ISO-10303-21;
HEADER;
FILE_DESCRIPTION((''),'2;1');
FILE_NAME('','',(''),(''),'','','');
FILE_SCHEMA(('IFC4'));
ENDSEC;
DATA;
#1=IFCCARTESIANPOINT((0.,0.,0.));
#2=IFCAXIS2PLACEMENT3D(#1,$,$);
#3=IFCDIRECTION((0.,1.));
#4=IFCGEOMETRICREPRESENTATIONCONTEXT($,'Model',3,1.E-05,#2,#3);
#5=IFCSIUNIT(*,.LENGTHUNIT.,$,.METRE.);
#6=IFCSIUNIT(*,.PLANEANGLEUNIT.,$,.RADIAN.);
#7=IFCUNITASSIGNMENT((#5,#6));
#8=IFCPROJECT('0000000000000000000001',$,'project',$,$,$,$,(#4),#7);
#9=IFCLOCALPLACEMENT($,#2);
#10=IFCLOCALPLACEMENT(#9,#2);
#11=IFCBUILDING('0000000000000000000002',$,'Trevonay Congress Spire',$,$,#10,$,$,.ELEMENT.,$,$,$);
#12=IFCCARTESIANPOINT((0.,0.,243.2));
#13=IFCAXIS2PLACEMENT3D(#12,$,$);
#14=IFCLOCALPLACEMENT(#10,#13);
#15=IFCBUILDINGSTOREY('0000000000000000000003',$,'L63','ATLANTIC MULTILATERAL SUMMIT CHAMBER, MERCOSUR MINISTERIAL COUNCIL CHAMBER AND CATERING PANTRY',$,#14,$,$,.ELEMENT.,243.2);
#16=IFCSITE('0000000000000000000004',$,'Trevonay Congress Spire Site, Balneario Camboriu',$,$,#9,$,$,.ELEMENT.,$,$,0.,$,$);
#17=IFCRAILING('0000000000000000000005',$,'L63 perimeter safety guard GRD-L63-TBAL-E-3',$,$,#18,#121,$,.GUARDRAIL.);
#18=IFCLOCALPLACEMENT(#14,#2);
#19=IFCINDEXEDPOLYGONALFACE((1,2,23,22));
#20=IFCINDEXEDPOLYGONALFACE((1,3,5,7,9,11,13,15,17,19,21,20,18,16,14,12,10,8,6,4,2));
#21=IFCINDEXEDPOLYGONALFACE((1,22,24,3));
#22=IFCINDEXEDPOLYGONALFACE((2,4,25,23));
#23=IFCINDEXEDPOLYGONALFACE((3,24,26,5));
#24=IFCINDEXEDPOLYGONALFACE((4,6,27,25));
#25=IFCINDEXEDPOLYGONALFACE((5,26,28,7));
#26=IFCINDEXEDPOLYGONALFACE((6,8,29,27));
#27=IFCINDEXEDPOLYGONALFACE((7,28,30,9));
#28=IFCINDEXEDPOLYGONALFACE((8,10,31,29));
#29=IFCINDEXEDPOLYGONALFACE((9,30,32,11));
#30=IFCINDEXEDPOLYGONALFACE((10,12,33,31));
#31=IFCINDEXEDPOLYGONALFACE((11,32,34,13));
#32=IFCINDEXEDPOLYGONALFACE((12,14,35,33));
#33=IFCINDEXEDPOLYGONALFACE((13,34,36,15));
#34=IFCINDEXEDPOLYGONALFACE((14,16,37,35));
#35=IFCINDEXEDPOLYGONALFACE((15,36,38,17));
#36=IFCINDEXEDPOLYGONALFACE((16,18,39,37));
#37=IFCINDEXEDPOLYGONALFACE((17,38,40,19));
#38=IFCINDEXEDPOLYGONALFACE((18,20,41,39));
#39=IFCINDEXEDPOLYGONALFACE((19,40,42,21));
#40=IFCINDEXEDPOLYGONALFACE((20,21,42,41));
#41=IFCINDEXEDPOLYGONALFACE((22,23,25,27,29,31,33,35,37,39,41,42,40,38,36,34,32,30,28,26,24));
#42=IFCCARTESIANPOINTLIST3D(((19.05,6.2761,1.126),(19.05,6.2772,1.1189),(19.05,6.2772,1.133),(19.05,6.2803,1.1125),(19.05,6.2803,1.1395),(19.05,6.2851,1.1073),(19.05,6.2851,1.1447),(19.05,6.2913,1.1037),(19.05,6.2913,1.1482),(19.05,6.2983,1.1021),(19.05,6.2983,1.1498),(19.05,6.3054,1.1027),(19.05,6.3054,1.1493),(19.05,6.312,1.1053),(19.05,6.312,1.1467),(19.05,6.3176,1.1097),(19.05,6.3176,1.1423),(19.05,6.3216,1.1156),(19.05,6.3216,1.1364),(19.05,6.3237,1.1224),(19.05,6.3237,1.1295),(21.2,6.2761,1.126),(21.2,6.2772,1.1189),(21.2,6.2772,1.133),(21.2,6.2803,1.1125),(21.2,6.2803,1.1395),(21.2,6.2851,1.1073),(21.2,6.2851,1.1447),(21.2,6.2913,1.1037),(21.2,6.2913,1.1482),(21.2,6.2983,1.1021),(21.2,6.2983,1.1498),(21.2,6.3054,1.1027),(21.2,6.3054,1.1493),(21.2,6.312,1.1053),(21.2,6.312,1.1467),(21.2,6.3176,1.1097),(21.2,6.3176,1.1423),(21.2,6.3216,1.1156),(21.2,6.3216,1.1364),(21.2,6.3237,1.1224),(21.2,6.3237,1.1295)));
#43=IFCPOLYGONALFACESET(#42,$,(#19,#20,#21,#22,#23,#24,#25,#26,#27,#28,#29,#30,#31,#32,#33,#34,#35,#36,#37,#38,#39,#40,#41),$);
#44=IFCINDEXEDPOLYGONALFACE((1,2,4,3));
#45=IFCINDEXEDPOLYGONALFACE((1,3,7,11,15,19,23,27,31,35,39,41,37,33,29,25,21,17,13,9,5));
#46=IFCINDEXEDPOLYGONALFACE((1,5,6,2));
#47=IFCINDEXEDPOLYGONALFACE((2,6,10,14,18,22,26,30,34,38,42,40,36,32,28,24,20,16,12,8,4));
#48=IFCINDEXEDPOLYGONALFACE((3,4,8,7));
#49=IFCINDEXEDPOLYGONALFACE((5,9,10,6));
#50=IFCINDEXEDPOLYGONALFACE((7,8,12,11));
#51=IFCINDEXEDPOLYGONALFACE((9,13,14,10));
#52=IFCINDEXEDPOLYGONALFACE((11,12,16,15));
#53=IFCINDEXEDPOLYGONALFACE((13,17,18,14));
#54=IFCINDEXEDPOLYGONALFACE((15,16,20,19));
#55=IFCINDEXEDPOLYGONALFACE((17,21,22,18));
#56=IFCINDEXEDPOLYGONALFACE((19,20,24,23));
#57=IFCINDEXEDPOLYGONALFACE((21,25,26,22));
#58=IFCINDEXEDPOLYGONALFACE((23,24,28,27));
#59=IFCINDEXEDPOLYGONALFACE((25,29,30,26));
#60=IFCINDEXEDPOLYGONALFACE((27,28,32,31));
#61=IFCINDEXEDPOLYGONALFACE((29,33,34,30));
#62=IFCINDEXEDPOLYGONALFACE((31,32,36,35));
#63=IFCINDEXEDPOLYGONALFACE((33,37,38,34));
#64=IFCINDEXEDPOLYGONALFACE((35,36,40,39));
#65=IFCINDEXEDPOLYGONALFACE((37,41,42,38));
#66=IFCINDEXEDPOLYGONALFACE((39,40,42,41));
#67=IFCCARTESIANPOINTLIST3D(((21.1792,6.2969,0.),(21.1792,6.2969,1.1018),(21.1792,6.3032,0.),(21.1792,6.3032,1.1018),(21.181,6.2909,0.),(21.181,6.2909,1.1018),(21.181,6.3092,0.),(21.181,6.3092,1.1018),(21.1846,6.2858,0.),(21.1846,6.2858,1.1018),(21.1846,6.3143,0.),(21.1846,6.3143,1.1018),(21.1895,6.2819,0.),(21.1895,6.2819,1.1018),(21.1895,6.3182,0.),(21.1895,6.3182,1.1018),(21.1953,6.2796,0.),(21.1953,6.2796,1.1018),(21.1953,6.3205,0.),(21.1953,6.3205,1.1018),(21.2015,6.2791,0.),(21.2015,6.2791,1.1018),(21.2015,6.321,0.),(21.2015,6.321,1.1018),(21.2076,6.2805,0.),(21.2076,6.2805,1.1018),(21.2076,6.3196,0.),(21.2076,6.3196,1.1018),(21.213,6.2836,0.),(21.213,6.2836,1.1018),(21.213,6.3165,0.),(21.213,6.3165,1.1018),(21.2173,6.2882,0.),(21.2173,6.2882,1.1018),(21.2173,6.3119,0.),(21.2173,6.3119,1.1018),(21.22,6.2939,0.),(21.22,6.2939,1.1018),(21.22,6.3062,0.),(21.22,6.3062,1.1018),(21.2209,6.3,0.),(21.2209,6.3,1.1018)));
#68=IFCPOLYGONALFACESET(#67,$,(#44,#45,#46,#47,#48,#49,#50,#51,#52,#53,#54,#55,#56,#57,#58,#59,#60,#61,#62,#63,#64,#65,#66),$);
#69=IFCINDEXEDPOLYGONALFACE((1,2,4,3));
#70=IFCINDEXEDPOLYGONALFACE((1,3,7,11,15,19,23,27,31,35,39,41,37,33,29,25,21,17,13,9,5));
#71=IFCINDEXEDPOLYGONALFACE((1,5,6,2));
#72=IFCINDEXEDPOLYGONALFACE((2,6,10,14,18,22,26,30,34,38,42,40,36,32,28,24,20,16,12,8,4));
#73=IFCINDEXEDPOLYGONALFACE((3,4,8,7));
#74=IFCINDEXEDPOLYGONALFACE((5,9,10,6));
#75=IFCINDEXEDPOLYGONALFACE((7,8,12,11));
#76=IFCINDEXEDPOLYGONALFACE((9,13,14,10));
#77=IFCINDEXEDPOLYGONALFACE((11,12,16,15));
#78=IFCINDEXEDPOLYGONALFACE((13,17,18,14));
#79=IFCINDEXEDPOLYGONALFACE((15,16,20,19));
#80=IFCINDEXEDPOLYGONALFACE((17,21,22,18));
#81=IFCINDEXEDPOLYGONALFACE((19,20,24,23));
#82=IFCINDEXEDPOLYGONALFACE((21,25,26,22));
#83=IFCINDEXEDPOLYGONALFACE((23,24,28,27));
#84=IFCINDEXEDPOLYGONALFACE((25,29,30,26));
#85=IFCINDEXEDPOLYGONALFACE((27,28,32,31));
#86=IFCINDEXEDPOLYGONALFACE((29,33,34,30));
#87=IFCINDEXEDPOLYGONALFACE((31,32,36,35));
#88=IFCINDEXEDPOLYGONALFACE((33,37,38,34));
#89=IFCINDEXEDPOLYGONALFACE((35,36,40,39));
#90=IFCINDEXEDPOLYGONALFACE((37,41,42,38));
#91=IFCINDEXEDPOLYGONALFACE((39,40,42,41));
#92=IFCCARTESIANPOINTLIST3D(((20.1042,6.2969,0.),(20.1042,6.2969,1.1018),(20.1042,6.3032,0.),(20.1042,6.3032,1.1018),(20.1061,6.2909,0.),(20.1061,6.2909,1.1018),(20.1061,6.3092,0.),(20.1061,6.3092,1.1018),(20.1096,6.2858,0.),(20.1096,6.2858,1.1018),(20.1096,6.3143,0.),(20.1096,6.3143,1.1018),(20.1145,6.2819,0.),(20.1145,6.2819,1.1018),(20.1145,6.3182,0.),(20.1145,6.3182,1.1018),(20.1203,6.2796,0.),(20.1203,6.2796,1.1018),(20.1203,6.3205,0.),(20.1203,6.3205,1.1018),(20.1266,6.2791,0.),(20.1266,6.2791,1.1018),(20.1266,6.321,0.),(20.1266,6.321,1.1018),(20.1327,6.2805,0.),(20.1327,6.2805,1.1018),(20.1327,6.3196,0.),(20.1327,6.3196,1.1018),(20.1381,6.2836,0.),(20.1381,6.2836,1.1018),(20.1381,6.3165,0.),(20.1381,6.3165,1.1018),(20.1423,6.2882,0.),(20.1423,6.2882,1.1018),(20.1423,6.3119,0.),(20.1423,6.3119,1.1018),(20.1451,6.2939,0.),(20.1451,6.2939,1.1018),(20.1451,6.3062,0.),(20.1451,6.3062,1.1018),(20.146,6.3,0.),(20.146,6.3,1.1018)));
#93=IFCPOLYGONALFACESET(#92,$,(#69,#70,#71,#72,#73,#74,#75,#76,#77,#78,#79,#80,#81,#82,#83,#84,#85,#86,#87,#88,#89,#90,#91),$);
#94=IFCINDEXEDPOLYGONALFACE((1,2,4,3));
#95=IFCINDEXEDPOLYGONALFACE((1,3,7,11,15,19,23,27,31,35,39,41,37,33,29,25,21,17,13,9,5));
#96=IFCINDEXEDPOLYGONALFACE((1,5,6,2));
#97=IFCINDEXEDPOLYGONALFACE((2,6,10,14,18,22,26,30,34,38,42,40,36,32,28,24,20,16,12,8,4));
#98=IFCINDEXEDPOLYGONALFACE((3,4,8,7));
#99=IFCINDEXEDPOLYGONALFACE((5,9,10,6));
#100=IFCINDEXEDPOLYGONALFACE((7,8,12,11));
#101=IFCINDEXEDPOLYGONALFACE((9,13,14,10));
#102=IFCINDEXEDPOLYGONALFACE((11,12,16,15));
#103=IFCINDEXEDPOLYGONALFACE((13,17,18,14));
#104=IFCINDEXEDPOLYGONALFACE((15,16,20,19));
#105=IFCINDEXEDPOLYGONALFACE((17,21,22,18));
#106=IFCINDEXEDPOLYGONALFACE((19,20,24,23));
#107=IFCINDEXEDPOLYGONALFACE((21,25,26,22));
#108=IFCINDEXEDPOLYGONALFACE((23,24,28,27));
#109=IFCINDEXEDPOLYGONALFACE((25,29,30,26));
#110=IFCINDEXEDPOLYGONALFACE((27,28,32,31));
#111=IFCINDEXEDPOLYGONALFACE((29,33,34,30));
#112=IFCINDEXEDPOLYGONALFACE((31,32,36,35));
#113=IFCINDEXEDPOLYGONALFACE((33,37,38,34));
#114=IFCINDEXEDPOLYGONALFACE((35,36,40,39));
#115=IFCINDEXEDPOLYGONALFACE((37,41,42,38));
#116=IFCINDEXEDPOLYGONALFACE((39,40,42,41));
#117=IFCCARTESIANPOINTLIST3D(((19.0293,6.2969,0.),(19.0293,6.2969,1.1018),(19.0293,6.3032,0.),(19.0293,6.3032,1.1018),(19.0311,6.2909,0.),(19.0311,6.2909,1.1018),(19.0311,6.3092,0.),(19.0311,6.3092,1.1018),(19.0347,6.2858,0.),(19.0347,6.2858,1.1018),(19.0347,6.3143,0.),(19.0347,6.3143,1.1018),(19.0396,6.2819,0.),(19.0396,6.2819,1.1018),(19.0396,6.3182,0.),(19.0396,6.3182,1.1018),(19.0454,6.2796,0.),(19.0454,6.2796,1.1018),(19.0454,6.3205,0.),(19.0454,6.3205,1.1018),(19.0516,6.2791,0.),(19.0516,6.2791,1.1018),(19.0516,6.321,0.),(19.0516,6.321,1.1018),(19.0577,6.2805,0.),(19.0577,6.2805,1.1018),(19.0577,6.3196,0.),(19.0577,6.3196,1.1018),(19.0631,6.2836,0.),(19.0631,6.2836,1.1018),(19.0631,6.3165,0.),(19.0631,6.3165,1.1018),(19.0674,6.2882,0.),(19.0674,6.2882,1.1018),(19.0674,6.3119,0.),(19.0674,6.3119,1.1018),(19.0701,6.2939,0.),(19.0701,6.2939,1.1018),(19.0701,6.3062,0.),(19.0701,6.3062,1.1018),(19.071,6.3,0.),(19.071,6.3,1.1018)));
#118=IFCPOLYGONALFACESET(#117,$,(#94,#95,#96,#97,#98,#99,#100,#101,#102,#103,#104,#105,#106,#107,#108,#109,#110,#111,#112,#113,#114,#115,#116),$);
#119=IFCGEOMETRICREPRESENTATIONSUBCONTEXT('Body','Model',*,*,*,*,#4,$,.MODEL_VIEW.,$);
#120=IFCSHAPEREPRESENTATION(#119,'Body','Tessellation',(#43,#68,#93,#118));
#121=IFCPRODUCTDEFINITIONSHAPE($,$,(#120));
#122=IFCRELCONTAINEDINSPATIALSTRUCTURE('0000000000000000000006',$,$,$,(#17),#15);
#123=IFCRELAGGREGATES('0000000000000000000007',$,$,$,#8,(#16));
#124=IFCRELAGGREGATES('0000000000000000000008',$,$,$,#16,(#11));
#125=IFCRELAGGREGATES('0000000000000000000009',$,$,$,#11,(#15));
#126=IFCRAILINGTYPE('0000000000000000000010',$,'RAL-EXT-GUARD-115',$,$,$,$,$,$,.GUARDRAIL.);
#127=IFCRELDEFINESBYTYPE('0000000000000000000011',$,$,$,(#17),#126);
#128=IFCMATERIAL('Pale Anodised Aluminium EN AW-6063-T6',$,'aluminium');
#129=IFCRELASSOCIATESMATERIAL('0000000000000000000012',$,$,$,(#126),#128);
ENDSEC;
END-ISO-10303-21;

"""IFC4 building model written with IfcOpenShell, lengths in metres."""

from ifc_helpers import new_model, si_unit, direction, frame, origin, origin_2d, place, context, subcontext, project, spatial, circle, extrude, material, type_object, element, save


model = new_model("IFC4")

# Units and contexts
model_context = context("Model", 3, precision=1e-05, world=origin(), true_north=direction((0.0, 1.0)))
body_context = subcontext(model_context, "Body", "Model", "MODEL_VIEW")
ifc_project = project(units=[si_unit("LENGTHUNIT", "METRE"), si_unit("PLANEANGLEUNIT", "RADIAN")], contexts=[model_context])

# Site, building, storey
site_placement = place(None, origin())
site = spatial("IfcSite", under=ifc_project, at=site_placement, Name="Trevonay Congress Spire Site, Balneario Camboriu", CompositionType="ELEMENT", RefElevation=0.0)
building_placement = place(site_placement, origin())
building = spatial("IfcBuilding", under=site, at=building_placement, Name="Trevonay Congress Spire", CompositionType="ELEMENT")
storey_placement = place(building_placement, frame((0.0, 0.0, 243.2)))
storey = spatial("IfcBuildingStorey", under=building, at=storey_placement, Name="L63", Description="ATLANTIC MULTILATERAL SUMMIT CHAMBER, MERCOSUR MINISTERIAL COUNCIL CHAMBER AND CATERING PANTRY", CompositionType="ELEMENT", Elevation=243.2)

# Shared definitions
ifc_material_1 = material(Name="Pale Anodised Aluminium EN AW-6063-T6", Category="aluminium")

# Railing
railing_type = type_object("IfcRailingType", Name="RAL-EXT-GUARD-115", PredefinedType="GUARDRAIL", material=ifc_material_1)
railing_1_placement = place(storey_placement, frame((21.2, 6.3, 0.0)))
element("IfcRailing", 1, at=railing_1_placement, inside=storey, type_object=railing_type, Name="L63 perimeter safety guard GRD-L63-TBAL-E-3", PredefinedType="GUARDRAIL", context=body_context, shape_type="SweptSolid", body=[
    extrude(circle(Radius=0.0239, at=origin_2d()), frame((0.0, 0.0, 1.126), z_axis=(-1.0, 0.0, 0.0), x_axis=(0.0, -1.0, 0.0)), (0.0, 0.0, 1.0), 2.1499),
    extrude(circle(Radius=0.021, at=origin_2d()), origin(), (0.0, 0.0, 1.0), 1.1018),
    extrude(circle(Radius=0.021, at=origin_2d()), frame((-1.075, 0.0, 0.0)), (0.0, 0.0, 1.0), 1.1018),
    extrude(circle(Radius=0.021, at=origin_2d()), frame((-2.1499, 0.0, 0.0)), (0.0, 0.0, 1.0), 1.1018),
])

save(model, "model.ifc")
